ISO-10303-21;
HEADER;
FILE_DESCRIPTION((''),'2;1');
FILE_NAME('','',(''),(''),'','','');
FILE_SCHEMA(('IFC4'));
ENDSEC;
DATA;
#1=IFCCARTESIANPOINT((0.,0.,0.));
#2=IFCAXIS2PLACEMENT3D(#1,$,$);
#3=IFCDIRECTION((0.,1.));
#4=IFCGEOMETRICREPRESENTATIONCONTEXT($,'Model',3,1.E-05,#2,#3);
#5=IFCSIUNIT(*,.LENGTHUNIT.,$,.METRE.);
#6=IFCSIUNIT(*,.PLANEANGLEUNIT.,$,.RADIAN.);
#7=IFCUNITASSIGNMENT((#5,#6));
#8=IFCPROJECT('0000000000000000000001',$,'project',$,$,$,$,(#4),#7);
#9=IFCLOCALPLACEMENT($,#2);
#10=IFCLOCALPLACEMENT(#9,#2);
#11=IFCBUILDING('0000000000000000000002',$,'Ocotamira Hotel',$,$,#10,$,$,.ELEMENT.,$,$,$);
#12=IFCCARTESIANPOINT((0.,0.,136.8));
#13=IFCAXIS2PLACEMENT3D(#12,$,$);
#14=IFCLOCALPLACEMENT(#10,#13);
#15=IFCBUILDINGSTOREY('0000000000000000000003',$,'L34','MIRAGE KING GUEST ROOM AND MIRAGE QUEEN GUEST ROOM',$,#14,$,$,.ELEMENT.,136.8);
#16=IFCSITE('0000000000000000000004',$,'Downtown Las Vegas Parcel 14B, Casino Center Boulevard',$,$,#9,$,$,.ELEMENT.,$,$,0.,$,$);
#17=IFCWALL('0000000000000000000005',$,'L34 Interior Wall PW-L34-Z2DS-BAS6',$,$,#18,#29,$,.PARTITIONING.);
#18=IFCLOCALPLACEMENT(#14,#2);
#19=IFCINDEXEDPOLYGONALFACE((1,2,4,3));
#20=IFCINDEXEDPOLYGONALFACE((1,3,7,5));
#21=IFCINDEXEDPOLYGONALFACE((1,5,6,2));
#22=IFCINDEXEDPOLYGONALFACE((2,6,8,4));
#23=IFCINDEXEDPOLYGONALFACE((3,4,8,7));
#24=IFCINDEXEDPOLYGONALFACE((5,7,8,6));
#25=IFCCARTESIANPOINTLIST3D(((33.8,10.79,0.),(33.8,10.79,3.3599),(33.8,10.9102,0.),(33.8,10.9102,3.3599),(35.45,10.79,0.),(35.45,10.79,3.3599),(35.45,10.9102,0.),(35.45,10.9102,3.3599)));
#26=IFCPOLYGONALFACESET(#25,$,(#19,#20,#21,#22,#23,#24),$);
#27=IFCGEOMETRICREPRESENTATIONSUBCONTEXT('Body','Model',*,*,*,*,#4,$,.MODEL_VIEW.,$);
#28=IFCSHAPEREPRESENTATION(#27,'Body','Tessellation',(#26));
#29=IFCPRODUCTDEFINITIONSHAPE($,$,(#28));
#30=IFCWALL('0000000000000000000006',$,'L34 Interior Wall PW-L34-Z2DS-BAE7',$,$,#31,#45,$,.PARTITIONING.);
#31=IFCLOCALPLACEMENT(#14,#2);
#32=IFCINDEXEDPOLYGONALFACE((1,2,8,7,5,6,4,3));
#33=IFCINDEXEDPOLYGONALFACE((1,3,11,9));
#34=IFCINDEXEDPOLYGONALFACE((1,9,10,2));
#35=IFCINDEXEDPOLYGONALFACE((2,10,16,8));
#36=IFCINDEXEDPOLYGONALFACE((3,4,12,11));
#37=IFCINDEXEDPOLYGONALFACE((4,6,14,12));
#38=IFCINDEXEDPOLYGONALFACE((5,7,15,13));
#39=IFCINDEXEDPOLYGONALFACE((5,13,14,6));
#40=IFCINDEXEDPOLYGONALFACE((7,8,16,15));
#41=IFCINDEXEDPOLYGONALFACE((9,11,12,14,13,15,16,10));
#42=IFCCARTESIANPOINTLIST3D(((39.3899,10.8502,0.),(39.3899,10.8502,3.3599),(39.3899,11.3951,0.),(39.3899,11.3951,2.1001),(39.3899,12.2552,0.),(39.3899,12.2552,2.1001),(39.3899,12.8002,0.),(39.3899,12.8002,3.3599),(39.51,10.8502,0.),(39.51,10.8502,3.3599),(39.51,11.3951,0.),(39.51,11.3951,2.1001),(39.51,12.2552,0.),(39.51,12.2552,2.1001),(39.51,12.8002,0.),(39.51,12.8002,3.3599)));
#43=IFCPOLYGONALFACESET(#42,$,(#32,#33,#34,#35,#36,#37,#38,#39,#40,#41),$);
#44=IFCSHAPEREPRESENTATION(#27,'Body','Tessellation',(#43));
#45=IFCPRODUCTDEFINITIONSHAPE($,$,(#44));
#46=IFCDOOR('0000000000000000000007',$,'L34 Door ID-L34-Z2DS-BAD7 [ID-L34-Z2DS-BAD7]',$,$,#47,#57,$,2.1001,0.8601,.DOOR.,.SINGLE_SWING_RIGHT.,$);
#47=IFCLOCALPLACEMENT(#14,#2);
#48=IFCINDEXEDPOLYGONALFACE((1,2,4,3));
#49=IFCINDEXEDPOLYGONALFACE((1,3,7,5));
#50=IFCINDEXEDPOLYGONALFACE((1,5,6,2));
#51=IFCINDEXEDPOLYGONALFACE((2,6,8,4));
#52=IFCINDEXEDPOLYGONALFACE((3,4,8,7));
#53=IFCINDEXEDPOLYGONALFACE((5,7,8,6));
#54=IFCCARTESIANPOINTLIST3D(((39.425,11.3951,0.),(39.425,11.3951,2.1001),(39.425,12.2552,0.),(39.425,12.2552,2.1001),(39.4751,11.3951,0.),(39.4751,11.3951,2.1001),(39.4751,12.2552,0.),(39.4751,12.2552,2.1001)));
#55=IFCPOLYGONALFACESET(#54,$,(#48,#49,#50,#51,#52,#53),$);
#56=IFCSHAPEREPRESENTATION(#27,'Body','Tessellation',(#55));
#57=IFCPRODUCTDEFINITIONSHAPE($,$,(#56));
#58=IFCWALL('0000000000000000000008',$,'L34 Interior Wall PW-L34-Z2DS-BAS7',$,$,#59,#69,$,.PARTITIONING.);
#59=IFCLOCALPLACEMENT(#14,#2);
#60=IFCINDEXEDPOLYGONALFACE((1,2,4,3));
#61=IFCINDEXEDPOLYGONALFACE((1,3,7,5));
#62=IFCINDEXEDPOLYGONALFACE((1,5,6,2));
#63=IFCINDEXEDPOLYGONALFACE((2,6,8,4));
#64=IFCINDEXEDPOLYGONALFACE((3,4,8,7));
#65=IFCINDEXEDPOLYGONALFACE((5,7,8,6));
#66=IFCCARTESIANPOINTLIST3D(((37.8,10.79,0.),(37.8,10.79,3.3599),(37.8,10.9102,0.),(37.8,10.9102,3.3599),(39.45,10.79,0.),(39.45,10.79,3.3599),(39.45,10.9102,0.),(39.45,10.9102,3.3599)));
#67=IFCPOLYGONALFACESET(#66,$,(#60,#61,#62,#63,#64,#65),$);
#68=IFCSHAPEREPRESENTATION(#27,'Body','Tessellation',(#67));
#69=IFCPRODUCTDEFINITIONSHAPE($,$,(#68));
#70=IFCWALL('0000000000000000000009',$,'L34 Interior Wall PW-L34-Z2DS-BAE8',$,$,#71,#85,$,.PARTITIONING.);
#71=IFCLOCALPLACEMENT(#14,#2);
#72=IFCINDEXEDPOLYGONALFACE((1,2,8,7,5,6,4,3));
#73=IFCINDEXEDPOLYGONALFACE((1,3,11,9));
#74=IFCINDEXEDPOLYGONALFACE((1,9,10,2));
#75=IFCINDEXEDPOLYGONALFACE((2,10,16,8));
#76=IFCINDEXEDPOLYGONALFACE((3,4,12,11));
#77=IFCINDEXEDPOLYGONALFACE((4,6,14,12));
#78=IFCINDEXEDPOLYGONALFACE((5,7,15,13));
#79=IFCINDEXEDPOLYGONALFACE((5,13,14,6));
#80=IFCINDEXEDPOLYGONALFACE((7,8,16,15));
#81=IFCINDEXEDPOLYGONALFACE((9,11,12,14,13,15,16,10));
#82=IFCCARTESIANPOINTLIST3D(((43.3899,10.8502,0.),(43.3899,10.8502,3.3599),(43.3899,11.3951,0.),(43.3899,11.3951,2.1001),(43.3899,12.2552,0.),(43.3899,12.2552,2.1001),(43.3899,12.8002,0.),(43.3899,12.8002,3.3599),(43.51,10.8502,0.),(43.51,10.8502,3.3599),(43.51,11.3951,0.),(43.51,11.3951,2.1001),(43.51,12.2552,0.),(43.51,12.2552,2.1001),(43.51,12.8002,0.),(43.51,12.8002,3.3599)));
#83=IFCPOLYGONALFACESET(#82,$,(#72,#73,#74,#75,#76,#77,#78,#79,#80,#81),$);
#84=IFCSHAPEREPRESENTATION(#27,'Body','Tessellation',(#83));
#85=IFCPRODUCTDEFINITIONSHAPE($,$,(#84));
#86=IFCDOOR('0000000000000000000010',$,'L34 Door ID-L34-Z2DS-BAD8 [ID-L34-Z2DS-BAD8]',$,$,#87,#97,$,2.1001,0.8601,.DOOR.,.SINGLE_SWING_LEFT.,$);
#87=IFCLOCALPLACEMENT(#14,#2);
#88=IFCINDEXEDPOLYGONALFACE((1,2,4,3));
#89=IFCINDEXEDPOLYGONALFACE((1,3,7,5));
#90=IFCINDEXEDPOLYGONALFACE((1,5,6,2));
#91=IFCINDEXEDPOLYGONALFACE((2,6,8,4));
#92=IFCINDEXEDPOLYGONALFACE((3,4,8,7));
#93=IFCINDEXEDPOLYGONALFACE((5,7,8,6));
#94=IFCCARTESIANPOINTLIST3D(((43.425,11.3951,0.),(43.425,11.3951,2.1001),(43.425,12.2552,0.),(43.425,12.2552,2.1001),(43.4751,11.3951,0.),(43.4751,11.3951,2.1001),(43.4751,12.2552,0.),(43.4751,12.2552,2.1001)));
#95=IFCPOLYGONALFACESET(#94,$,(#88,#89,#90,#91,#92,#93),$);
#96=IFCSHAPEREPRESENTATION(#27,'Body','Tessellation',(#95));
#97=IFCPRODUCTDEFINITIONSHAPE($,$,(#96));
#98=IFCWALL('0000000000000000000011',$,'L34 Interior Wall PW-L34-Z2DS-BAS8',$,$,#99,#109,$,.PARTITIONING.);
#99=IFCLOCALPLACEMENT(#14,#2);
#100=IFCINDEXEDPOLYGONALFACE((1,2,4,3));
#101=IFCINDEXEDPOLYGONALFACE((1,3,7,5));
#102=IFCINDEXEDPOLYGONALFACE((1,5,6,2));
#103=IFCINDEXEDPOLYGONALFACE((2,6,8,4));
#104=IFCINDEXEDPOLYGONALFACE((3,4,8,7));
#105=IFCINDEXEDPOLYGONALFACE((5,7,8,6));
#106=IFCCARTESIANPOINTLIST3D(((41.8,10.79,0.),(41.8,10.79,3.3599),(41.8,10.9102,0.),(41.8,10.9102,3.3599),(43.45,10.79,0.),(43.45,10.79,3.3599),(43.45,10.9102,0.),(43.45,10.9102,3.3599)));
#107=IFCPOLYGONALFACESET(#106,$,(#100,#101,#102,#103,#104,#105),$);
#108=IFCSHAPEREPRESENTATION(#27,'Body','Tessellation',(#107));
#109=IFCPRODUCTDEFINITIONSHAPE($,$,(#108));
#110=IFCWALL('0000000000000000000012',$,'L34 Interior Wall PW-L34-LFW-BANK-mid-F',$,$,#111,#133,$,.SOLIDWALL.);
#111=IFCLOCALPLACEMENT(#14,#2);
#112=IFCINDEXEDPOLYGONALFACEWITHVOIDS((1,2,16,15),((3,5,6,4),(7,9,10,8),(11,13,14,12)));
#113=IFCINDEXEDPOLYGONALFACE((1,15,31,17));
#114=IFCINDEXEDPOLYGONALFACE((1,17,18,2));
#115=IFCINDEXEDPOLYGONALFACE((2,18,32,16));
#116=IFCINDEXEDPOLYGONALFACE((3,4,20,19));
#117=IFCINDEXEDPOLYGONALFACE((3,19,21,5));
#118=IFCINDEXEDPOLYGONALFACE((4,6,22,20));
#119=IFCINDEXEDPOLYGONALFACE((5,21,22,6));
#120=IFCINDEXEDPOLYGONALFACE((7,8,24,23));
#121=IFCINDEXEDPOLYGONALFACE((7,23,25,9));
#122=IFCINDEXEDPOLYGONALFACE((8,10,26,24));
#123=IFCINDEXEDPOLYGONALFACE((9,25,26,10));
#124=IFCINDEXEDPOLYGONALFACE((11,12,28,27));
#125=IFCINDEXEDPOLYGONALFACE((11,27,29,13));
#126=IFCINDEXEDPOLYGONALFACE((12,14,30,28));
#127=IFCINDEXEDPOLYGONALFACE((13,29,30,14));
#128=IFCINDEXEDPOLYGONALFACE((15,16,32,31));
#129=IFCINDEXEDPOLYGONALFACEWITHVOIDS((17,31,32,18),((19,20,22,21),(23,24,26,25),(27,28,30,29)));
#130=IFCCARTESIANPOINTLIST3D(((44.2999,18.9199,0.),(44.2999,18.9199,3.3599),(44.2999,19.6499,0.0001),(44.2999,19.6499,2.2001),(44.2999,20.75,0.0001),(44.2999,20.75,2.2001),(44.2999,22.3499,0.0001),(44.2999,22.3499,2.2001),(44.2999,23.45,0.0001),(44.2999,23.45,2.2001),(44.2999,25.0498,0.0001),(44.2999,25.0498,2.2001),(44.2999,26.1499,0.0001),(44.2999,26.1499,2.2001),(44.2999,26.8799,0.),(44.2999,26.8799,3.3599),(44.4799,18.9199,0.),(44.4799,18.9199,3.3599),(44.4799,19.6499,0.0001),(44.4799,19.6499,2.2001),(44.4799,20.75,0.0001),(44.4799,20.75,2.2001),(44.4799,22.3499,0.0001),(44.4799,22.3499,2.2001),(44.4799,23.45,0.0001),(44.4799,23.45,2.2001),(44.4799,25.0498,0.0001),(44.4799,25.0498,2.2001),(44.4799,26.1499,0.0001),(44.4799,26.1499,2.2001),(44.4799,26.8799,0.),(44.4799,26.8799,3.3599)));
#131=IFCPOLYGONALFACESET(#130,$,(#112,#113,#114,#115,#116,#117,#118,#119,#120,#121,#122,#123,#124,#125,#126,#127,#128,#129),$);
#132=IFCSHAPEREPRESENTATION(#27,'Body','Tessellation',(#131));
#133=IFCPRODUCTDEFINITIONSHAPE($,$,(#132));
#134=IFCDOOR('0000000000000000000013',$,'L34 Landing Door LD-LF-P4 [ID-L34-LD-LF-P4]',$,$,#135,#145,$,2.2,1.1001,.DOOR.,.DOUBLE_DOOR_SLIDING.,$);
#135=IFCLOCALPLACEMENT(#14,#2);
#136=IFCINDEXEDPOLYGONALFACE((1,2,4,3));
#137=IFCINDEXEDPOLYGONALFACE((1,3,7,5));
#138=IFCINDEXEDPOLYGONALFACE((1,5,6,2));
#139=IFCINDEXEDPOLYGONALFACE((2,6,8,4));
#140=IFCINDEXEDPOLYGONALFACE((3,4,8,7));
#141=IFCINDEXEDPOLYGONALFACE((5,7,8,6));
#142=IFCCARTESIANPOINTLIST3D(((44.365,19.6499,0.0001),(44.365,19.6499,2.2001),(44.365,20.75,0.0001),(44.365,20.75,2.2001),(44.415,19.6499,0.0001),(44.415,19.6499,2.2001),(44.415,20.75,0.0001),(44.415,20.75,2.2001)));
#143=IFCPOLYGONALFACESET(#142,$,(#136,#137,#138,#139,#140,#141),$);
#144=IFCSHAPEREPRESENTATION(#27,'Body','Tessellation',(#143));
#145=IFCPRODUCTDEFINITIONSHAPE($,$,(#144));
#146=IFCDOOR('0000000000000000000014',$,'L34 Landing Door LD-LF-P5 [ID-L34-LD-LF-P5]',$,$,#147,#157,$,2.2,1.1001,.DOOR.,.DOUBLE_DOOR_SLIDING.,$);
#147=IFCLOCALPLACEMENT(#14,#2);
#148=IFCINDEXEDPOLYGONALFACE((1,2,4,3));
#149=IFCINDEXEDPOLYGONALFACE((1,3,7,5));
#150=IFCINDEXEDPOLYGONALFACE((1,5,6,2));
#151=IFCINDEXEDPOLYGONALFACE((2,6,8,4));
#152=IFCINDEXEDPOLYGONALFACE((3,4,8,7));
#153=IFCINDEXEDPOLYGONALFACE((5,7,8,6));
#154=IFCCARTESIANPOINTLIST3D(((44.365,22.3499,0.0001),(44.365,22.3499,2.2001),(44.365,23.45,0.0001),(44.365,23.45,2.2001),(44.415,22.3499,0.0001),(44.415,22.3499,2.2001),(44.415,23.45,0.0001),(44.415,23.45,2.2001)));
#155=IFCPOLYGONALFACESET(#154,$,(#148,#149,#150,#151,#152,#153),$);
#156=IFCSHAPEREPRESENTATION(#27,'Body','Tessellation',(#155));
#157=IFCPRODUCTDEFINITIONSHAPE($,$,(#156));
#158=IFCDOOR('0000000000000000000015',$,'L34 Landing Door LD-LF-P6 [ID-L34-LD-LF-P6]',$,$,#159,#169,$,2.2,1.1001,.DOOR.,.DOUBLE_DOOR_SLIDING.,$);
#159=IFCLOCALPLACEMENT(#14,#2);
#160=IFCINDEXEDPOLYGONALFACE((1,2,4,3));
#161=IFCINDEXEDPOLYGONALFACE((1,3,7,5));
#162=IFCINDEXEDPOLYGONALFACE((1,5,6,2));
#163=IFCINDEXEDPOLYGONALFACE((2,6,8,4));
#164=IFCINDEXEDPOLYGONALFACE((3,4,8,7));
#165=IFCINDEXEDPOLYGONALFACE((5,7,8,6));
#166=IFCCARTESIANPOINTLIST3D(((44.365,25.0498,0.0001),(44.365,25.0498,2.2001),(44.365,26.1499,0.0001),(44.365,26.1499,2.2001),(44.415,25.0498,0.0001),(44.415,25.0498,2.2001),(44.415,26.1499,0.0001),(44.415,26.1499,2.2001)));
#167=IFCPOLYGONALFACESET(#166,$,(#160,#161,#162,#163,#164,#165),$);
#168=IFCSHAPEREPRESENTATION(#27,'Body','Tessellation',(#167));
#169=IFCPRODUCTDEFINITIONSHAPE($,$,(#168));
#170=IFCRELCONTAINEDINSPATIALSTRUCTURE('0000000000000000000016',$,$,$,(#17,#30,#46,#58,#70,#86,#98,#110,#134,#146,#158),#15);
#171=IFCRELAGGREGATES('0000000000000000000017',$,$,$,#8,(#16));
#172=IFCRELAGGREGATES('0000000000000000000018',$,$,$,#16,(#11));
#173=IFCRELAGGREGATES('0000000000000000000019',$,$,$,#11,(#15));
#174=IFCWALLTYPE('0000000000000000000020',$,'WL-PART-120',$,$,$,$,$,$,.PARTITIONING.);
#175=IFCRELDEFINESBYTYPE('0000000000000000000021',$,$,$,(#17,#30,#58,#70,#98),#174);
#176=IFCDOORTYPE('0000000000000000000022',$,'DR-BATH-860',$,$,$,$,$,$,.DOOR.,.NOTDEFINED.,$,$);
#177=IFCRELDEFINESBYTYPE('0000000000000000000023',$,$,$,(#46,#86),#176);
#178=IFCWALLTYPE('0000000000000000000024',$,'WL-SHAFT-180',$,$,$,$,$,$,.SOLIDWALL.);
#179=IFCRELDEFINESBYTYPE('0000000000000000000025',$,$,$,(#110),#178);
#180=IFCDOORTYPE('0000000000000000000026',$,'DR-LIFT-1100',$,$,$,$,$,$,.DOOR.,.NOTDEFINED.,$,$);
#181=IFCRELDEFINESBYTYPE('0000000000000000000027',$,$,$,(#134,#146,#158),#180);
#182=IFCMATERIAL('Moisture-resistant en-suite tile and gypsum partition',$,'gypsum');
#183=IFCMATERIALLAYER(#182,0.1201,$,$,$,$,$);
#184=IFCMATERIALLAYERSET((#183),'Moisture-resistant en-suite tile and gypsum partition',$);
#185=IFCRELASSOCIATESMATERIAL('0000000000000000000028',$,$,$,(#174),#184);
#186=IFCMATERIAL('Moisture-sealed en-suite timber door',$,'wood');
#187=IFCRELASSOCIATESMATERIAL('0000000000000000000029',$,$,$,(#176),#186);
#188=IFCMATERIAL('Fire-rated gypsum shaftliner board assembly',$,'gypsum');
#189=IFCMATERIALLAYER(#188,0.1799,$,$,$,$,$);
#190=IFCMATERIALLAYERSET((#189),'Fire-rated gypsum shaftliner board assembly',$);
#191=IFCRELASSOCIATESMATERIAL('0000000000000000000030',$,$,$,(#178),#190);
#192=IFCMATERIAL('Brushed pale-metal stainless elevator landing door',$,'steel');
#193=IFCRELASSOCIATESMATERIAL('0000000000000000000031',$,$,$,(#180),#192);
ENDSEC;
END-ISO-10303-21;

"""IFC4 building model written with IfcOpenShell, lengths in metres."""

from ifc_helpers import new_model, si_unit, direction, frame, frame_2d, origin, place, context, subcontext, project, spatial, rectangle, extrude, source, transform, mapped, material, layer, layer_set, type_object, element, fill, save


model = new_model("IFC4")

# Units and contexts
model_context = context("Model", 3, precision=1e-05, world=origin(), true_north=direction((0.0, 1.0)))
body_context = subcontext(model_context, "Body", "Model", "MODEL_VIEW")
ifc_project = project(units=[si_unit("LENGTHUNIT", "METRE"), si_unit("PLANEANGLEUNIT", "RADIAN")], contexts=[model_context])

# Site, building, storey
site_placement = place(None, origin())
site = spatial("IfcSite", under=ifc_project, at=site_placement, Name="Downtown Las Vegas Parcel 14B, Casino Center Boulevard", CompositionType="ELEMENT", RefElevation=0.0)
building_placement = place(site_placement, origin())
building = spatial("IfcBuilding", under=site, at=building_placement, Name="Ocotamira Hotel", CompositionType="ELEMENT")
storey_placement = place(building_placement, frame((0.0, 0.0, 136.8)))
storey = spatial("IfcBuildingStorey", under=building, at=storey_placement, Name="L34", Description="MIRAGE KING GUEST ROOM AND MIRAGE QUEEN GUEST ROOM", CompositionType="ELEMENT", Elevation=136.8)

# Shared definitions
ifc_material_1 = material(Name="Moisture-resistant en-suite tile and gypsum partition", Category="gypsum")
ifc_layer_1 = layer(ifc_material_1, 0.1201)
ifc_layer_set_1 = layer_set([ifc_layer_1], Name="Moisture-resistant en-suite tile and gypsum partition")
wall_type_1 = type_object("IfcWallType", Name="WL-PART-120", PredefinedType="PARTITIONING", material=ifc_layer_set_1)
ifc_material_2 = material(Name="Moisture-sealed en-suite timber door", Category="wood")
door_type_1 = type_object("IfcDoorType", Name="DR-BATH-860", OperationType="NOTDEFINED", PredefinedType="DOOR", material=ifc_material_2)
shared_shape_1 = source(origin(), body_context, "Body", "SweptSolid", [
    extrude(rectangle(XDim=0.8601, YDim=2.1001, at=frame_2d((0.4302, 1.05))), frame((0.0, 0.0249, 0.0), z_axis=(0.0, -1.0, 0.0), x_axis=(1.0, 0.0, 0.0)), (0.0, 0.0, 1.0), 0.05),
])

# Wall
wall_1_placement = place(storey_placement, frame((33.8, 10.8501, 0.0), z_axis=(0.0, 0.0, 1.0), x_axis=(1.0, 0.0, 0.0)))
element("IfcWall", 1, at=wall_1_placement, inside=storey, type_object=wall_type_1, Name="L34 Interior Wall PW-L34-Z2DS-BAS6", PredefinedType="PARTITIONING", context=body_context, shape_type="SweptSolid", body=[
    extrude(rectangle(XDim=1.6499, YDim=0.1201, at=frame_2d((0.825, 0.0))), origin(), (0.0, 0.0, 1.0), 3.3599),
])

# Wall, opening, door
wall_2_placement = place(storey_placement, frame((39.45, 10.8501, 0.0), z_axis=(0.0, 0.0, 1.0), x_axis=(0.0, 1.0, 0.0)))
wall_2 = element("IfcWall", 2, at=wall_2_placement, inside=storey, type_object=wall_type_1, Name="L34 Interior Wall PW-L34-Z2DS-BAE7", PredefinedType="PARTITIONING", context=body_context, shape_type="SweptSolid", body=[
    extrude(rectangle(XDim=1.95, YDim=0.1201, at=frame_2d((0.9751, 0.0))), origin(), (0.0, 0.0, 1.0), 3.3599),
])
opening_1_placement = place(wall_2_placement, frame((0.5449, 0.0, 0.0)))
opening_1 = element("IfcOpeningElement", 3, at=opening_1_placement, cuts=wall_2, PredefinedType="OPENING", context=body_context, shape_type="SweptSolid", body=[
    extrude(rectangle(XDim=0.8601, YDim=2.1001, at=frame_2d((0.4302, 1.05))), frame((0.0, 0.0701, 0.0), z_axis=(0.0, -1.0, 0.0), x_axis=(1.0, 0.0, 0.0)), (0.0, 0.0, 1.0), 0.1401),
])
door_1_placement = place(opening_1_placement, origin())
door_1 = element("IfcDoor", 4, at=door_1_placement, inside=storey, type_object=door_type_1, Name="L34 Door ID-L34-Z2DS-BAD7 [ID-L34-Z2DS-BAD7]", OperationType="SINGLE_SWING_RIGHT", OverallHeight=2.1001, OverallWidth=0.8601, PredefinedType="DOOR", context=body_context, shape_type="MappedRepresentation", body=[
    mapped(shared_shape_1, transform((0.0, 0.0, 0.0), scale=1.0)),
])
fill(opening_1, door_1)

# Wall
wall_3_placement = place(storey_placement, frame((37.8, 10.8501, 0.0), z_axis=(0.0, 0.0, 1.0), x_axis=(1.0, 0.0, 0.0)))
element("IfcWall", 5, at=wall_3_placement, inside=storey, type_object=wall_type_1, Name="L34 Interior Wall PW-L34-Z2DS-BAS7", PredefinedType="PARTITIONING", context=body_context, shape_type="SweptSolid", body=[
    extrude(rectangle(XDim=1.6499, YDim=0.1201, at=frame_2d((0.825, 0.0))), origin(), (0.0, 0.0, 1.0), 3.3599),
])

# Wall, opening, door
wall_4_placement = place(storey_placement, frame((43.45, 10.8501, 0.0), z_axis=(0.0, 0.0, 1.0), x_axis=(0.0, 1.0, 0.0)))
wall_4 = element("IfcWall", 6, at=wall_4_placement, inside=storey, type_object=wall_type_1, Name="L34 Interior Wall PW-L34-Z2DS-BAE8", PredefinedType="PARTITIONING", context=body_context, shape_type="SweptSolid", body=[
    extrude(rectangle(XDim=1.95, YDim=0.1201, at=frame_2d((0.9751, 0.0))), origin(), (0.0, 0.0, 1.0), 3.3599),
])
opening_2_placement = place(wall_4_placement, frame((0.5449, 0.0, 0.0)))
opening_2 = element("IfcOpeningElement", 7, at=opening_2_placement, cuts=wall_4, PredefinedType="OPENING", context=body_context, shape_type="SweptSolid", body=[
    extrude(rectangle(XDim=0.8601, YDim=2.1001, at=frame_2d((0.4302, 1.05))), frame((0.0, 0.0701, 0.0), z_axis=(0.0, -1.0, 0.0), x_axis=(1.0, 0.0, 0.0)), (0.0, 0.0, 1.0), 0.1401),
])
door_2_placement = place(opening_2_placement, origin())
door_2 = element("IfcDoor", 8, at=door_2_placement, inside=storey, type_object=door_type_1, Name="L34 Door ID-L34-Z2DS-BAD8 [ID-L34-Z2DS-BAD8]", OperationType="SINGLE_SWING_LEFT", OverallHeight=2.1001, OverallWidth=0.8601, PredefinedType="DOOR", context=body_context, shape_type="MappedRepresentation", body=[
    mapped(shared_shape_1, transform((0.0, 0.0, 0.0), scale=1.0)),
])
fill(opening_2, door_2)

# Wall
wall_5_placement = place(storey_placement, frame((41.8, 10.8501, 0.0), z_axis=(0.0, 0.0, 1.0), x_axis=(1.0, 0.0, 0.0)))
element("IfcWall", 9, at=wall_5_placement, inside=storey, type_object=wall_type_1, Name="L34 Interior Wall PW-L34-Z2DS-BAS8", PredefinedType="PARTITIONING", context=body_context, shape_type="SweptSolid", body=[
    extrude(rectangle(XDim=1.6499, YDim=0.1201, at=frame_2d((0.825, 0.0))), origin(), (0.0, 0.0, 1.0), 3.3599),
])

# Wall, openings, doors
ifc_material_3 = material(Name="Fire-rated gypsum shaftliner board assembly", Category="gypsum")
ifc_layer_2 = layer(ifc_material_3, 0.1799)
ifc_layer_set_2 = layer_set([ifc_layer_2], Name="Fire-rated gypsum shaftliner board assembly")
wall_type_2 = type_object("IfcWallType", Name="WL-SHAFT-180", PredefinedType="SOLIDWALL", material=ifc_layer_set_2)
wall_6_placement = place(storey_placement, frame((44.3899, 18.9199, 0.0), z_axis=(0.0, 0.0, 1.0), x_axis=(0.0, 1.0, 0.0)))
wall_6 = element("IfcWall", 10, at=wall_6_placement, inside=storey, type_object=wall_type_2, Name="L34 Interior Wall PW-L34-LFW-BANK-mid-F", PredefinedType="SOLIDWALL", context=body_context, shape_type="SweptSolid", body=[
    extrude(rectangle(XDim=7.96, YDim=0.1799, at=frame_2d((3.98, 0.0))), origin(), (0.0, 0.0, 1.0), 3.3599),
])
opening_3_placement = place(wall_6_placement, frame((0.73, 0.0, 0.0)))
opening_3 = element("IfcOpeningElement", 11, at=opening_3_placement, cuts=wall_6, PredefinedType="OPENING", context=body_context, shape_type="SweptSolid", body=[
    extrude(rectangle(XDim=1.1001, YDim=2.2, at=frame_2d((0.55, 1.1001))), frame((0.0, 0.1001, 0.0), z_axis=(0.0, -1.0, 0.0), x_axis=(1.0, 0.0, 0.0)), (0.0, 0.0, 1.0), 0.2),
])
opening_4_placement = place(wall_6_placement, frame((3.4299, 0.0, 0.0)))
opening_4 = element("IfcOpeningElement", 12, at=opening_4_placement, cuts=wall_6, PredefinedType="OPENING", context=body_context, shape_type="SweptSolid", body=[
    extrude(rectangle(XDim=1.1001, YDim=2.2, at=frame_2d((0.55, 1.1001))), frame((0.0, 0.1001, 0.0), z_axis=(0.0, -1.0, 0.0), x_axis=(1.0, 0.0, 0.0)), (0.0, 0.0, 1.0), 0.2),
])
opening_5_placement = place(wall_6_placement, frame((6.1299, 0.0, 0.0)))
opening_5 = element("IfcOpeningElement", 13, at=opening_5_placement, cuts=wall_6, PredefinedType="OPENING", context=body_context, shape_type="SweptSolid", body=[
    extrude(rectangle(XDim=1.1001, YDim=2.2, at=frame_2d((0.55, 1.1001))), frame((0.0, 0.1001, 0.0), z_axis=(0.0, -1.0, 0.0), x_axis=(1.0, 0.0, 0.0)), (0.0, 0.0, 1.0), 0.2),
])
ifc_material_4 = material(Name="Brushed pale-metal stainless elevator landing door", Category="steel")
door_type_2 = type_object("IfcDoorType", Name="DR-LIFT-1100", OperationType="NOTDEFINED", PredefinedType="DOOR", material=ifc_material_4)
shared_shape_2 = source(origin(), body_context, "Body", "SweptSolid", [
    extrude(rectangle(XDim=1.1001, YDim=2.2, at=frame_2d((0.55, 1.1001))), frame((0.0, 0.0249, 0.0), z_axis=(0.0, -1.0, 0.0), x_axis=(1.0, 0.0, 0.0)), (0.0, 0.0, 1.0), 0.05),
])
door_3_placement = place(opening_3_placement, origin())
door_3 = element("IfcDoor", 14, at=door_3_placement, inside=storey, type_object=door_type_2, Name="L34 Landing Door LD-LF-P4 [ID-L34-LD-LF-P4]", OperationType="DOUBLE_DOOR_SLIDING", OverallHeight=2.2, OverallWidth=1.1001, PredefinedType="DOOR", context=body_context, shape_type="MappedRepresentation", body=[
    mapped(shared_shape_2, transform((0.0, 0.0, 0.0), scale=1.0)),
])
fill(opening_3, door_3)
door_4_placement = place(opening_4_placement, origin())
door_4 = element("IfcDoor", 15, at=door_4_placement, inside=storey, type_object=door_type_2, Name="L34 Landing Door LD-LF-P5 [ID-L34-LD-LF-P5]", OperationType="DOUBLE_DOOR_SLIDING", OverallHeight=2.2, OverallWidth=1.1001, PredefinedType="DOOR", context=body_context, shape_type="MappedRepresentation", body=[
    mapped(shared_shape_2, transform((0.0, 0.0, 0.0), scale=1.0)),
])
fill(opening_4, door_4)
door_5_placement = place(opening_5_placement, origin())
door_5 = element("IfcDoor", 16, at=door_5_placement, inside=storey, type_object=door_type_2, Name="L34 Landing Door LD-LF-P6 [ID-L34-LD-LF-P6]", OperationType="DOUBLE_DOOR_SLIDING", OverallHeight=2.2, OverallWidth=1.1001, PredefinedType="DOOR", context=body_context, shape_type="MappedRepresentation", body=[
    mapped(shared_shape_2, transform((0.0, 0.0, 0.0), scale=1.0)),
])
fill(opening_5, door_5)

save(model, "model.ifc")
